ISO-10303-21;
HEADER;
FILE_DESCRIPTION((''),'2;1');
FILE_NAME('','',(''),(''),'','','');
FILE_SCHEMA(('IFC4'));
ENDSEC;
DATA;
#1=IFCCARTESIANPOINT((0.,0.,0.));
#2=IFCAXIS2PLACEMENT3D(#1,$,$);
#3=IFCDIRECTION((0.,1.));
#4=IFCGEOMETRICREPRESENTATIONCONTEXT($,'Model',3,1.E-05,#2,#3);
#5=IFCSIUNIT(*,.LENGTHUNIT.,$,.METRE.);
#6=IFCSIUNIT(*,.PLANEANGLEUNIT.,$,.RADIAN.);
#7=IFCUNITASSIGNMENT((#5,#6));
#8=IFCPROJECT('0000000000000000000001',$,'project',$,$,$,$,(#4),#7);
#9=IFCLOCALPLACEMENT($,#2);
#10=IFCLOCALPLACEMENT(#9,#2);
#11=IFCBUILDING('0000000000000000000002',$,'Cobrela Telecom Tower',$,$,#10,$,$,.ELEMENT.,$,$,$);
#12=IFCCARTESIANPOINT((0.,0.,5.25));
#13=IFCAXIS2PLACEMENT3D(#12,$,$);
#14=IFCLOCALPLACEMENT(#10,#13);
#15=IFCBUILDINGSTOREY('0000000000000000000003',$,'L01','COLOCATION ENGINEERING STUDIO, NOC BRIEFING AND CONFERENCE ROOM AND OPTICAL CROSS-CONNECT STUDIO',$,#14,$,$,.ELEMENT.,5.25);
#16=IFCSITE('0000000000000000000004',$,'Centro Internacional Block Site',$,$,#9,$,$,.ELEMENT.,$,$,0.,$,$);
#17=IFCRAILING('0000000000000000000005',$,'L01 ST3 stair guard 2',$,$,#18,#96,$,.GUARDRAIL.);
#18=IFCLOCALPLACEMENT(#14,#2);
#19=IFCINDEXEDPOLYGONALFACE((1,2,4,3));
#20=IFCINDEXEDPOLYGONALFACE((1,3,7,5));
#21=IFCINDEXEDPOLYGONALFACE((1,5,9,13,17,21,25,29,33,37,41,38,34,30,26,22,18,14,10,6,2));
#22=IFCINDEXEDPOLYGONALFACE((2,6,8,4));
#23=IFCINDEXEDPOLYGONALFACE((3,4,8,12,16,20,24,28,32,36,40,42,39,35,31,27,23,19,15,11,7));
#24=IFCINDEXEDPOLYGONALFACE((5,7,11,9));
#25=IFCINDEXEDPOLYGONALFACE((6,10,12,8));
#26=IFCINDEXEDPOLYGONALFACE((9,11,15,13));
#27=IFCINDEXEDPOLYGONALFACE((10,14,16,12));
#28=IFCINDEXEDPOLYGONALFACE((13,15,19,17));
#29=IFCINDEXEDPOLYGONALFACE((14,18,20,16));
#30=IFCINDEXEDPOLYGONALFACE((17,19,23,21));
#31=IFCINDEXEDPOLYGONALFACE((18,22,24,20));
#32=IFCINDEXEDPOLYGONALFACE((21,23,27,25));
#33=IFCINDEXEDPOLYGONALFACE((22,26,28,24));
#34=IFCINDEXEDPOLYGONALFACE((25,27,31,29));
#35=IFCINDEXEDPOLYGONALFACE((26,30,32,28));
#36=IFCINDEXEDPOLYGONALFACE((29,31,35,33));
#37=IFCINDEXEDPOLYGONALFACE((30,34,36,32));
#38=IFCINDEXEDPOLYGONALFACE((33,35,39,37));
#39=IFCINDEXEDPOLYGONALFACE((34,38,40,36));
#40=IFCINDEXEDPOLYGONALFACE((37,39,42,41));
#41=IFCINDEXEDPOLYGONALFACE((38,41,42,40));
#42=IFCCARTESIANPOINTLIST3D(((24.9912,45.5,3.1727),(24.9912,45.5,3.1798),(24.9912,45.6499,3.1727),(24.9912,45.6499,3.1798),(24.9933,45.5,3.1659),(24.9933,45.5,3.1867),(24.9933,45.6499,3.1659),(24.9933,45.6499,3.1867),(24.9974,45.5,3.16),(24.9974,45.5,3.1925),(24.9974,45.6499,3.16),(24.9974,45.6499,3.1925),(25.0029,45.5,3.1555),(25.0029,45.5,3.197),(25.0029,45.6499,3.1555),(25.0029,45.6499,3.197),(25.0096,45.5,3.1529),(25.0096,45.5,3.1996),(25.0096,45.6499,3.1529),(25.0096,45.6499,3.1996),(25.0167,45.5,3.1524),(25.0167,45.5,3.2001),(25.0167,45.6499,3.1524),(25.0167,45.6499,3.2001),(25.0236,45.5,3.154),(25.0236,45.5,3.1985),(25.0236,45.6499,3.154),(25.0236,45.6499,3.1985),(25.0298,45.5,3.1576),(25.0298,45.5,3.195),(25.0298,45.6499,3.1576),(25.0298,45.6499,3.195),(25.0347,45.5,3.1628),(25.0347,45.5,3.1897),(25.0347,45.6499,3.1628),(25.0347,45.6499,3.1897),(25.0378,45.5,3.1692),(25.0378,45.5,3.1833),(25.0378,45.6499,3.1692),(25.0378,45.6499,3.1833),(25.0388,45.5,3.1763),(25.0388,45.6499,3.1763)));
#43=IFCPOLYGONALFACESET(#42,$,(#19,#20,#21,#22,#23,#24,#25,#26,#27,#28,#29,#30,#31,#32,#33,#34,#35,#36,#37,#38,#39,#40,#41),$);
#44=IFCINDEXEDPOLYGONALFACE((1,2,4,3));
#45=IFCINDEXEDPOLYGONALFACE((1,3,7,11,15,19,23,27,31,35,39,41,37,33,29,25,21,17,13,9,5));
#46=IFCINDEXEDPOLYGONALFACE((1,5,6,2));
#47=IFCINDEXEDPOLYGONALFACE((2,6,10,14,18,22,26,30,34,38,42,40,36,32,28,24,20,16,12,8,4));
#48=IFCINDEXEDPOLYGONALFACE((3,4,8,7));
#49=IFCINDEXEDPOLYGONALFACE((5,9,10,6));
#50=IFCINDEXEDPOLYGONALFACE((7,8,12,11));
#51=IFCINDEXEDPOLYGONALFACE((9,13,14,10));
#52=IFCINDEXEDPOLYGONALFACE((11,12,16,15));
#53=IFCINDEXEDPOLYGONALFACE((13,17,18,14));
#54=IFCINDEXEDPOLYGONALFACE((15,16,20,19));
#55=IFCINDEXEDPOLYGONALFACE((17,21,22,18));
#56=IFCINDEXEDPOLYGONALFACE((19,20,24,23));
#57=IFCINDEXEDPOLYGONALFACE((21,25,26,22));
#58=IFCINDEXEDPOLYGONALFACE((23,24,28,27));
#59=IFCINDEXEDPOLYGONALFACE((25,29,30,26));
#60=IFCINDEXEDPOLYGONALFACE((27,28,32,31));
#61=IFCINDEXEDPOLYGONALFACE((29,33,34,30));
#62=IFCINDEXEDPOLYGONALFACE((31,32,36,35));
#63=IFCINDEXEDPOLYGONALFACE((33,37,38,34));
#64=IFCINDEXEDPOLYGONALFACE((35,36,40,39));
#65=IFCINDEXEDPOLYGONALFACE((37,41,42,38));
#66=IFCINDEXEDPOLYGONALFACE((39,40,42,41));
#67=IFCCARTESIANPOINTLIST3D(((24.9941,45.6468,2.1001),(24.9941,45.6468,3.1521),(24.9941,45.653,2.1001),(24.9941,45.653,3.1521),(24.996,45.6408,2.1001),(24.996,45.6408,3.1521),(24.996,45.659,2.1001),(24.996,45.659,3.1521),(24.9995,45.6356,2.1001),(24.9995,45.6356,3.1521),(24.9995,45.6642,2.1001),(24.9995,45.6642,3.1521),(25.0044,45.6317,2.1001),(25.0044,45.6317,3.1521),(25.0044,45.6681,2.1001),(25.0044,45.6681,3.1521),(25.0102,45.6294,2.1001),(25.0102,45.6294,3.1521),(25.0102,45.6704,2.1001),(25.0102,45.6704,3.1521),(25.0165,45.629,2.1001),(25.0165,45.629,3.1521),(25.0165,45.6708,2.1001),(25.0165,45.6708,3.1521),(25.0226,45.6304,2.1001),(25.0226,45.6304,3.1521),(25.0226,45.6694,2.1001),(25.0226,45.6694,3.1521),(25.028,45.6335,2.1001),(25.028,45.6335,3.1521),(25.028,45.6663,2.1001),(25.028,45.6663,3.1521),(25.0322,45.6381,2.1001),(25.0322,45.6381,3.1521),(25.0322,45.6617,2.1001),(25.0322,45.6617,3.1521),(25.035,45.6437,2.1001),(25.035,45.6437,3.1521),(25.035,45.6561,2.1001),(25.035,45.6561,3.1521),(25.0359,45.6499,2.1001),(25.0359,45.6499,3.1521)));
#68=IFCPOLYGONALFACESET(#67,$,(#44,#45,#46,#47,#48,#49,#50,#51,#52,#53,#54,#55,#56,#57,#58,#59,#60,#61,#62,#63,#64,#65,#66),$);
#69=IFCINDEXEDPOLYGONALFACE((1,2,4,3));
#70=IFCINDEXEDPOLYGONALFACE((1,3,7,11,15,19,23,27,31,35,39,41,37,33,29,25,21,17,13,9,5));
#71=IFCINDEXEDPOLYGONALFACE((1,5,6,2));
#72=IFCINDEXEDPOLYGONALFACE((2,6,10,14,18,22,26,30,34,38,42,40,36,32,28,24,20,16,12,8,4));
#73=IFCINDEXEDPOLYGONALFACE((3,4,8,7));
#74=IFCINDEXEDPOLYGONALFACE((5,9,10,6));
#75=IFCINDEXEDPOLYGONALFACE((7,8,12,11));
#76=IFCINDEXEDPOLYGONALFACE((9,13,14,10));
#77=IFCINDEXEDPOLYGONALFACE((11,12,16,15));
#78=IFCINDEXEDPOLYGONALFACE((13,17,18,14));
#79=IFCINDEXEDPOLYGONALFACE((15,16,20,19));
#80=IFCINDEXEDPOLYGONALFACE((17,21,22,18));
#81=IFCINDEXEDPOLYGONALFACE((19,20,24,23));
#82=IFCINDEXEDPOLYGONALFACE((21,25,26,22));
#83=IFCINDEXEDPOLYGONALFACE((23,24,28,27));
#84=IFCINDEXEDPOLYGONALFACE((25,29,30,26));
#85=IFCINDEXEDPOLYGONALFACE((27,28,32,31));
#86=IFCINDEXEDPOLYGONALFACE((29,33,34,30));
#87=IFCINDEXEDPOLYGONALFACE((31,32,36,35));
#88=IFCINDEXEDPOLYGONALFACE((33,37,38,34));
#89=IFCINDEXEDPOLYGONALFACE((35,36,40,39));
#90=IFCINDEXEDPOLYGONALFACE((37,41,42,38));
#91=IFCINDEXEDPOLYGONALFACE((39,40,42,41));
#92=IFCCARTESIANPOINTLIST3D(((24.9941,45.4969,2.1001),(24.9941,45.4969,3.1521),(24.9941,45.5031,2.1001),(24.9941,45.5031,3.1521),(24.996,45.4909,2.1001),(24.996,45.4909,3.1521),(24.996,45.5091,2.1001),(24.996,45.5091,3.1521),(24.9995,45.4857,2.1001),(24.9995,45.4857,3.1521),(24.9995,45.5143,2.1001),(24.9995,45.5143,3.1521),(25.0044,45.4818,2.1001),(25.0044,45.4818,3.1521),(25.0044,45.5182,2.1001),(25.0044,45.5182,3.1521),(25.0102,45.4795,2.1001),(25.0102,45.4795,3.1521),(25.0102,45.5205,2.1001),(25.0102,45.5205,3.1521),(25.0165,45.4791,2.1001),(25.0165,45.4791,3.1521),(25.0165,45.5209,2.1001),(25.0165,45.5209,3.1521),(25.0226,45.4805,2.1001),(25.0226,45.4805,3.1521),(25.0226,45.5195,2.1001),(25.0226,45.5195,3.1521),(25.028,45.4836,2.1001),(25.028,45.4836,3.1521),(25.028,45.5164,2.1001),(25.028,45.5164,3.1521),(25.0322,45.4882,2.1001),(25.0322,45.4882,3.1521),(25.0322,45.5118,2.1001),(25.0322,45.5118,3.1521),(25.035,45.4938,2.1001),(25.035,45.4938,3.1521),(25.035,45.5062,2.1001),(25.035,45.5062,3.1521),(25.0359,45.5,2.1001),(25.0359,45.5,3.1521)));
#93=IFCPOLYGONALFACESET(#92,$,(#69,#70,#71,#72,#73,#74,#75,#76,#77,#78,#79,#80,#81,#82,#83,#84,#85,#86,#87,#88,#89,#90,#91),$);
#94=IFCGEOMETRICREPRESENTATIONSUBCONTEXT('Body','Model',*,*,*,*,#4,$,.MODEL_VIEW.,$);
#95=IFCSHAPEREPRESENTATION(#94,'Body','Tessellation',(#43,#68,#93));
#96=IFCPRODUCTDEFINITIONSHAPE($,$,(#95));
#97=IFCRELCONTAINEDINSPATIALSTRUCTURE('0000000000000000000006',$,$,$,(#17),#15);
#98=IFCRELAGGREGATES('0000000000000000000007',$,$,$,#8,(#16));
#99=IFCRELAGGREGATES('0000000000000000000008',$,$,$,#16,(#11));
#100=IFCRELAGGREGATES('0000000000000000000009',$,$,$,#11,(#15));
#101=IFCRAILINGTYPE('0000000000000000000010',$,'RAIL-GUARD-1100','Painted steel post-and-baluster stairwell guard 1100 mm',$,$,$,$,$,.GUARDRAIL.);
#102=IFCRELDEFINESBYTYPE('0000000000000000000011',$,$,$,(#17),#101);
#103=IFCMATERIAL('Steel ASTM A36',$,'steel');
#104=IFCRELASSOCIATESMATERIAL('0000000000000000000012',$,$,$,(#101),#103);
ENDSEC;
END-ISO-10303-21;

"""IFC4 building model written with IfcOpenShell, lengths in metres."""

from ifc_helpers import new_model, si_unit, direction, frame, origin, origin_2d, place, context, subcontext, project, spatial, circle, extrude, material, type_object, element, save


model = new_model("IFC4")

# Units and contexts
model_context = context("Model", 3, precision=1e-05, world=origin(), true_north=direction((0.0, 1.0)))
body_context = subcontext(model_context, "Body", "Model", "MODEL_VIEW")
ifc_project = project(units=[si_unit("LENGTHUNIT", "METRE"), si_unit("PLANEANGLEUNIT", "RADIAN")], contexts=[model_context])

# Site, building, storey
site_placement = place(None, origin())
site = spatial("IfcSite", under=ifc_project, at=site_placement, Name="Centro Internacional Block Site", CompositionType="ELEMENT", RefElevation=0.0)
building_placement = place(site_placement, origin())
building = spatial("IfcBuilding", under=site, at=building_placement, Name="Cobrela Telecom Tower", CompositionType="ELEMENT")
storey_placement = place(building_placement, frame((0.0, 0.0, 5.25)))
storey = spatial("IfcBuildingStorey", under=building, at=storey_placement, Name="L01", Description="COLOCATION ENGINEERING STUDIO, NOC BRIEFING AND CONFERENCE ROOM AND OPTICAL CROSS-CONNECT STUDIO", CompositionType="ELEMENT", Elevation=5.25)

# Shared definitions
ifc_material_1 = material(Name="Steel ASTM A36", Category="steel")

# Railing
railing_type_1 = type_object("IfcRailingType", Name="RAIL-GUARD-1100", Description="Painted steel post-and-baluster stairwell guard 1100 mm", PredefinedType="GUARDRAIL", material=ifc_material_1)
railing_1_placement = place(storey_placement, frame((25.0149, 45.6499, 2.1001)))
element("IfcRailing", 1, at=railing_1_placement, inside=storey, type_object=railing_type_1, Name="L01 ST3 stair guard 2", PredefinedType="GUARDRAIL", context=body_context, shape_type="SweptSolid", body=[
    extrude(circle(Radius=0.0239, at=origin_2d()), frame((0.0, 0.0, 1.0762), z_axis=(0.0, -1.0, 0.0), x_axis=(1.0, 0.0, 0.0)), (0.0, 0.0, 1.0), 0.1499),
    extrude(circle(Radius=0.021, at=origin_2d()), origin(), (0.0, 0.0, 1.0), 1.052),
    extrude(circle(Radius=0.021, at=origin_2d()), frame((0.0, -0.1499, 0.0)), (0.0, 0.0, 1.0), 1.052),
])

save(model, "model.ifc")
